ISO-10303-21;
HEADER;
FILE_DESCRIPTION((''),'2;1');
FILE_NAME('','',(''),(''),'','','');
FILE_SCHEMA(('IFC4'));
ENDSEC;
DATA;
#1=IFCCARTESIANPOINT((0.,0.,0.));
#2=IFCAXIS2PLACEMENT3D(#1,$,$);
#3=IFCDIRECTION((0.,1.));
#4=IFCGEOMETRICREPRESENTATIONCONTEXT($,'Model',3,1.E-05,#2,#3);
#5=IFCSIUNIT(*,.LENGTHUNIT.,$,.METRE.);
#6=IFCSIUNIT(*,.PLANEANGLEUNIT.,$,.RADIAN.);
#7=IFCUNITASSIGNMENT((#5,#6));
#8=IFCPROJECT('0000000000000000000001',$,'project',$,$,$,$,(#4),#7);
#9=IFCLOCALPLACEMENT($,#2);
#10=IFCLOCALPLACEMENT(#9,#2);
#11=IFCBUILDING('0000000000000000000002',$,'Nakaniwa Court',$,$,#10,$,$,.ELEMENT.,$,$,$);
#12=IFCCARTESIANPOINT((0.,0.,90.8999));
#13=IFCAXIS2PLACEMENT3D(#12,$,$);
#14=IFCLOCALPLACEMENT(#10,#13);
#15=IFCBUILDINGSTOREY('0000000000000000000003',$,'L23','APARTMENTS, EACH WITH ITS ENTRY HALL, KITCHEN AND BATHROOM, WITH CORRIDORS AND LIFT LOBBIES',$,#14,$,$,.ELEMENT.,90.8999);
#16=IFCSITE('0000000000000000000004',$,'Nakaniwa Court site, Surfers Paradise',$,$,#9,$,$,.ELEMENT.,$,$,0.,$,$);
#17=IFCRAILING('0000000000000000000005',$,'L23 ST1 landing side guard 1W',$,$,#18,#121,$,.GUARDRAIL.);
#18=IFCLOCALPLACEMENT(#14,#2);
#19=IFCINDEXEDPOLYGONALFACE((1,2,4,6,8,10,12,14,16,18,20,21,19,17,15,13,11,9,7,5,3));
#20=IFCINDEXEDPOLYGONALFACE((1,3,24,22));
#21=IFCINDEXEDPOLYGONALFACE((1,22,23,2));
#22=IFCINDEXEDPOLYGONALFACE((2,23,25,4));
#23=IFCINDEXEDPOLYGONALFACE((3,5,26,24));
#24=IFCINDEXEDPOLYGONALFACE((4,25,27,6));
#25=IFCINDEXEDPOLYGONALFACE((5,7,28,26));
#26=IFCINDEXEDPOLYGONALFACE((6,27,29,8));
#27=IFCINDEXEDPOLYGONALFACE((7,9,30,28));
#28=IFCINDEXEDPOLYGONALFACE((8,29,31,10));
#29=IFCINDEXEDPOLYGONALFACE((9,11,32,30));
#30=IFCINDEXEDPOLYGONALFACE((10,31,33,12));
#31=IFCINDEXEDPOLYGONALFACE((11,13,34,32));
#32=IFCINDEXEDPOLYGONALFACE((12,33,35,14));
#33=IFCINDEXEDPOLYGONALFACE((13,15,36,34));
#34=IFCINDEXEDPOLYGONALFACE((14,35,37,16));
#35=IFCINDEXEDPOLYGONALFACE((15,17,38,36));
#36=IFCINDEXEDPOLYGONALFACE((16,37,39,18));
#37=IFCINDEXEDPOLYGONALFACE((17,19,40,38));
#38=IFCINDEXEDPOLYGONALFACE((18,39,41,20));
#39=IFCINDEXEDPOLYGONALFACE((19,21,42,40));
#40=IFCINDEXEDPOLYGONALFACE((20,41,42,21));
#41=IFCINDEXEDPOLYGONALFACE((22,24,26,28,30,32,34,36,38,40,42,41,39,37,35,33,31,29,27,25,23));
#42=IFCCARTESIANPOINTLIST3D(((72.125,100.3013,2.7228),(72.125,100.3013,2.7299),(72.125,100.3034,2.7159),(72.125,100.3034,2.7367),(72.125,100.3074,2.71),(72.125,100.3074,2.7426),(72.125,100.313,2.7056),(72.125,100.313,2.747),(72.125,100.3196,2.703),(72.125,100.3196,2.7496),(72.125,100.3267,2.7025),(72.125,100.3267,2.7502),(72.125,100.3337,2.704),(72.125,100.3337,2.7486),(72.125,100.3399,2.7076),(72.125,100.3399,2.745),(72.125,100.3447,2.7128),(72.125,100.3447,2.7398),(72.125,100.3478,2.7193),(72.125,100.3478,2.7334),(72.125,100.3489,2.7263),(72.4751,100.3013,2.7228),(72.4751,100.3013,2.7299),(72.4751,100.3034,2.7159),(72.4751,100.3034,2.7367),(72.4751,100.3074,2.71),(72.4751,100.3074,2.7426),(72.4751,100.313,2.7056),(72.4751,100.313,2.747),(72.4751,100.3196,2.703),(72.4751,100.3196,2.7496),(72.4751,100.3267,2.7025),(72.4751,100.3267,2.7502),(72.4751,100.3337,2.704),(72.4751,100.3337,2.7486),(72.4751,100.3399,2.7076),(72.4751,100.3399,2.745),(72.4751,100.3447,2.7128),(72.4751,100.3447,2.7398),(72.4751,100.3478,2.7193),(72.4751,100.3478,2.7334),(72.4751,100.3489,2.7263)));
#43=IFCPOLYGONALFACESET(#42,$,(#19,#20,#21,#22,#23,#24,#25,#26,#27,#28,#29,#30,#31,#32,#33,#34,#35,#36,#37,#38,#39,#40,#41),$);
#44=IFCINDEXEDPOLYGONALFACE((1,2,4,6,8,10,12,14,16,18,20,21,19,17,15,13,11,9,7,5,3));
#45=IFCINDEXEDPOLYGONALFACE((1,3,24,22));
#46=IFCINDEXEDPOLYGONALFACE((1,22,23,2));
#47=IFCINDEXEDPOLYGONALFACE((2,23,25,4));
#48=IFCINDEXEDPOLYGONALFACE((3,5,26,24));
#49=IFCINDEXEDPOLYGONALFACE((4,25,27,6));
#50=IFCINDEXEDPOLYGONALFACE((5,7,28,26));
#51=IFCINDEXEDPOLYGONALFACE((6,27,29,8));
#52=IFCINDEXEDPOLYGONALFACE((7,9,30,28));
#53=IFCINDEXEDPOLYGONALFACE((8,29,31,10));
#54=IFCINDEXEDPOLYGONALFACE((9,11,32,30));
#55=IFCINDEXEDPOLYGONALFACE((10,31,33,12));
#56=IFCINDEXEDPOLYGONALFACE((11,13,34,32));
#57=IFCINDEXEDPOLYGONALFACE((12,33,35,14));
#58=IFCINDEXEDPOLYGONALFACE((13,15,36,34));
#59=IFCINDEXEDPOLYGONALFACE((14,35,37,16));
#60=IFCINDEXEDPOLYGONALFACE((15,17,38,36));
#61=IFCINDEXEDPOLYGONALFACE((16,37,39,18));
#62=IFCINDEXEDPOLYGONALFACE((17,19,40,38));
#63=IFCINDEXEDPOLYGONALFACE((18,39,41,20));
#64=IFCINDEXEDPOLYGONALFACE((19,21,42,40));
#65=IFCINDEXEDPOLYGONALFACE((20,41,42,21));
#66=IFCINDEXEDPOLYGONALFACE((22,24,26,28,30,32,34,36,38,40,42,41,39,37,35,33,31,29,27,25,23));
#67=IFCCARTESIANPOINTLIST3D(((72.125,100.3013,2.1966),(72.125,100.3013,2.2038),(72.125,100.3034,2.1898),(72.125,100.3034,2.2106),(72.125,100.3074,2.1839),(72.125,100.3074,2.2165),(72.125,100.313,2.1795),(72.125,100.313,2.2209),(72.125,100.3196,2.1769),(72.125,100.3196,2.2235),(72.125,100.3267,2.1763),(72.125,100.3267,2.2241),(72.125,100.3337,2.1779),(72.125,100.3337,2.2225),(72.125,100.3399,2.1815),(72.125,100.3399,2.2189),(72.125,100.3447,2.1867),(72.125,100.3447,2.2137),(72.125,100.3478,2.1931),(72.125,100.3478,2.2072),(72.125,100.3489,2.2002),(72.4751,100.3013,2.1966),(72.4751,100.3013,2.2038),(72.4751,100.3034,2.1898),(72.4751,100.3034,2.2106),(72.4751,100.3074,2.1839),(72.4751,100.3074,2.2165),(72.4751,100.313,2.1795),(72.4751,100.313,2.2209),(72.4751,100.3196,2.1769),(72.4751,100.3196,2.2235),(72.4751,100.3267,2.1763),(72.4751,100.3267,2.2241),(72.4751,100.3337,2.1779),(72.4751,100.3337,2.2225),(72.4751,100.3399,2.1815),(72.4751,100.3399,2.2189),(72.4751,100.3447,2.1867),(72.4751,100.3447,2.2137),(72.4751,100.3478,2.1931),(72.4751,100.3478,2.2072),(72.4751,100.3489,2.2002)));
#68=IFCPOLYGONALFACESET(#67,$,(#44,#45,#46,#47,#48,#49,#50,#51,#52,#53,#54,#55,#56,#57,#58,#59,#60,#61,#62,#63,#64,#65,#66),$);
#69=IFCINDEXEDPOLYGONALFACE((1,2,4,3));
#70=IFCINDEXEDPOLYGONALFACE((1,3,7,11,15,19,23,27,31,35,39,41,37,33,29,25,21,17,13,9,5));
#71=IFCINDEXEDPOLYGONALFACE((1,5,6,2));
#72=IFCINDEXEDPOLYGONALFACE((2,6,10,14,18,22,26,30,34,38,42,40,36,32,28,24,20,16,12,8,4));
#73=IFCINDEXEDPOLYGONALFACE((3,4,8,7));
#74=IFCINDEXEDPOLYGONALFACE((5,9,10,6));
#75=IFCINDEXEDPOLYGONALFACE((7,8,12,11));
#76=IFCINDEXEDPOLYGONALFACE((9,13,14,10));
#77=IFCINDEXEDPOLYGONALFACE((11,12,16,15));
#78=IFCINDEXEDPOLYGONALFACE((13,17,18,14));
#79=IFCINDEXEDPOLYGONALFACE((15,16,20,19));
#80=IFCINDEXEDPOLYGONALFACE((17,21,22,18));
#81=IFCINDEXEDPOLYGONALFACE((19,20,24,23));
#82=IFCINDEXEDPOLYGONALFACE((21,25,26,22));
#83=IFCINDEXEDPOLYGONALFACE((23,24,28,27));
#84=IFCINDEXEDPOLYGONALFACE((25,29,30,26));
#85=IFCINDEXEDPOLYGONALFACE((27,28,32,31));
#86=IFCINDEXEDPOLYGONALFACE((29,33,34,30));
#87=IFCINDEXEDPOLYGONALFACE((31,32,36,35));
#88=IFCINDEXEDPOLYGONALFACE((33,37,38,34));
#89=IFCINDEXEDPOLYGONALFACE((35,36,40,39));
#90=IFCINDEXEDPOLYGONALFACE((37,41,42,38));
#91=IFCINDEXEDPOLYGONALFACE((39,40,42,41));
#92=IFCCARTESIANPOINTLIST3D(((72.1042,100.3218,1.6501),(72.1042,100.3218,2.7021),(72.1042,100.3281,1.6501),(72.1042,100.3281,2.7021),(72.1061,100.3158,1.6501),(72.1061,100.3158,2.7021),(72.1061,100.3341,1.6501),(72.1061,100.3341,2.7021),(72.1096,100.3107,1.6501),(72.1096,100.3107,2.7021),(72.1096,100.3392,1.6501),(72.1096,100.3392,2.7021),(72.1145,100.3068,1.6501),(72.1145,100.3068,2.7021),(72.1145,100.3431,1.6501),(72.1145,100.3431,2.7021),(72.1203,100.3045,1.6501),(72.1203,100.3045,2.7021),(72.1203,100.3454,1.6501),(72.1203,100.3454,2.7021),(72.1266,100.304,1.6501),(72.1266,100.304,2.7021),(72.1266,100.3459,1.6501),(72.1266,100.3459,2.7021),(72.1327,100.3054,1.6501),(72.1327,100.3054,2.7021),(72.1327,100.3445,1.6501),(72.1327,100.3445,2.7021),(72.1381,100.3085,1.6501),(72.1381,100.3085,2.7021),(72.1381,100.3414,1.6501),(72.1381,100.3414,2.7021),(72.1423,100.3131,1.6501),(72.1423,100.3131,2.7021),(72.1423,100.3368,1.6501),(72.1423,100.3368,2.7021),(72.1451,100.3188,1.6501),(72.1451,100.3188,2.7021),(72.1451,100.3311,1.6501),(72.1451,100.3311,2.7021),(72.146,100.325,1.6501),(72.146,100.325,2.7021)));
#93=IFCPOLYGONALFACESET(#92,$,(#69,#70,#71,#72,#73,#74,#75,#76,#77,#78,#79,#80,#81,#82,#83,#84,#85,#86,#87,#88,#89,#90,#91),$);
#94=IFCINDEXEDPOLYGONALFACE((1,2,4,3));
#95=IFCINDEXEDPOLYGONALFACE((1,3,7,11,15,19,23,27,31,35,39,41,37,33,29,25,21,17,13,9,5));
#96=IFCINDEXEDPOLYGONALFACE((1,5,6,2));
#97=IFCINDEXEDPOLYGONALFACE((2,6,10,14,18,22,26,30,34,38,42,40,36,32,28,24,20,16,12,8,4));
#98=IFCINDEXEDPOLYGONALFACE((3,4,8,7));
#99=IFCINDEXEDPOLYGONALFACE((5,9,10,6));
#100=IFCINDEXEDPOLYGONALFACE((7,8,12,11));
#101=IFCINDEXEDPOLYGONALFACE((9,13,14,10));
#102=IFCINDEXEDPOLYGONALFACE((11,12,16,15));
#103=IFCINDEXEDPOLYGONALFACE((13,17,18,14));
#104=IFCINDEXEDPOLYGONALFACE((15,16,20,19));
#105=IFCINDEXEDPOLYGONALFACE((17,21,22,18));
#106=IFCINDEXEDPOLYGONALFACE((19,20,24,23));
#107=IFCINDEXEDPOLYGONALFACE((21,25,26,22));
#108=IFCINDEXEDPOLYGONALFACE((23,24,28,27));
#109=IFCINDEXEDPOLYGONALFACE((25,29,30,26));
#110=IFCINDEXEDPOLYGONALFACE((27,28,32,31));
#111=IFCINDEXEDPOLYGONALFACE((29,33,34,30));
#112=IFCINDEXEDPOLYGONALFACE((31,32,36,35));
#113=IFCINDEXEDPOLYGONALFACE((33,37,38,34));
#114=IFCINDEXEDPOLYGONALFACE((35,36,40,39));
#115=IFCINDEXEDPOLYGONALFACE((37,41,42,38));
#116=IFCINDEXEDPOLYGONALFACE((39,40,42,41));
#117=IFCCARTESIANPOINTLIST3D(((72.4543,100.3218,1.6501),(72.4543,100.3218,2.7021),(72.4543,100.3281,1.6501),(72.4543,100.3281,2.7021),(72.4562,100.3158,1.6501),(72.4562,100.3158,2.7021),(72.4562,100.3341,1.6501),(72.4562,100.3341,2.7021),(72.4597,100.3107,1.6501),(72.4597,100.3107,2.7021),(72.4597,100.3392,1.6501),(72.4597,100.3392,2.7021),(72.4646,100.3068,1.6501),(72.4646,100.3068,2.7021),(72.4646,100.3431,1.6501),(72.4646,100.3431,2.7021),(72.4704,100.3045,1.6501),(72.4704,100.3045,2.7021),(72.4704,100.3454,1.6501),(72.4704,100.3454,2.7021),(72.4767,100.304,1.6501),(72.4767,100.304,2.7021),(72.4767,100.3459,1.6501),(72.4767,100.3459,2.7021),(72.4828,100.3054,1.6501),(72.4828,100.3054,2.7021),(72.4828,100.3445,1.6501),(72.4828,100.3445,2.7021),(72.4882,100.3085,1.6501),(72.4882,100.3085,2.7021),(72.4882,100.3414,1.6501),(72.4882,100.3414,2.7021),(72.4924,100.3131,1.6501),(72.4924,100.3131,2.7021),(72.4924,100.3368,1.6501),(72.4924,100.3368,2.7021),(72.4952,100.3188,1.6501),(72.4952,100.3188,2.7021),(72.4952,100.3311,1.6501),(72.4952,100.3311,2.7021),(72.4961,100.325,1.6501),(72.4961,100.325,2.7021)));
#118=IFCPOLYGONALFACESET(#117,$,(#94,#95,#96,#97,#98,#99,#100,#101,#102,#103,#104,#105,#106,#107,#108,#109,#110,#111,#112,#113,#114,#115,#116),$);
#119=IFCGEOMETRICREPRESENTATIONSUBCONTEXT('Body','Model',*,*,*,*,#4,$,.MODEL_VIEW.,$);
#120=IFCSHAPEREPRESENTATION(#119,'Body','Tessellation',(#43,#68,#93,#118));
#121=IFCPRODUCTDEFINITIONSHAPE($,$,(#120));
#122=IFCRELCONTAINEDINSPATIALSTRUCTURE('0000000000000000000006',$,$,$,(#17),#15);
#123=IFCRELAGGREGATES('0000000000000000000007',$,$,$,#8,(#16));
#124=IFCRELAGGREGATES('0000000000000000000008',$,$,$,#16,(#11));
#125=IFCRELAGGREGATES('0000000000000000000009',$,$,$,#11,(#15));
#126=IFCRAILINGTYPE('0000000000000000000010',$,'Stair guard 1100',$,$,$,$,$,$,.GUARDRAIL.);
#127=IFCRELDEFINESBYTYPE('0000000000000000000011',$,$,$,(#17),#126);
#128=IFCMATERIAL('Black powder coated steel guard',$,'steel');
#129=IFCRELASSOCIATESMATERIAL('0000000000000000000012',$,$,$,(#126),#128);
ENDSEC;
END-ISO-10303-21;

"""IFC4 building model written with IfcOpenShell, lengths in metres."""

from ifc_helpers import new_model, si_unit, direction, frame, origin, origin_2d, place, context, subcontext, project, spatial, circle, extrude, material, type_object, element, save


model = new_model("IFC4")

# Units and contexts
model_context = context("Model", 3, precision=1e-05, world=origin(), true_north=direction((0.0, 1.0)))
body_context = subcontext(model_context, "Body", "Model", "MODEL_VIEW")
ifc_project = project(units=[si_unit("LENGTHUNIT", "METRE"), si_unit("PLANEANGLEUNIT", "RADIAN")], contexts=[model_context])

# Site, building, storey
site_placement = place(None, origin())
site = spatial("IfcSite", under=ifc_project, at=site_placement, Name="Nakaniwa Court site, Surfers Paradise", CompositionType="ELEMENT", RefElevation=0.0)
building_placement = place(site_placement, origin())
building = spatial("IfcBuilding", under=site, at=building_placement, Name="Nakaniwa Court", CompositionType="ELEMENT")
storey_placement = place(building_placement, frame((0.0, 0.0, 90.8999)))
storey = spatial("IfcBuildingStorey", under=building, at=storey_placement, Name="L23", Description="APARTMENTS, EACH WITH ITS ENTRY HALL, KITCHEN AND BATHROOM, WITH CORRIDORS AND LIFT LOBBIES", CompositionType="ELEMENT", Elevation=90.8999)

# Railing
ifc_material_1 = material(Name="Black powder coated steel guard", Category="steel")
railing_type_1 = type_object("IfcRailingType", Name="Stair guard 1100", PredefinedType="GUARDRAIL", material=ifc_material_1)
for number, where, name in (
    (1, (72.125, 100.325, 1.6501), "L23 ST1 landing side guard 1W"),
):
    element("IfcRailing", number, at=place(storey_placement, frame(where)), inside=storey, type_object=railing_type_1, Name=name, PredefinedType="GUARDRAIL", context=body_context, shape_type="SweptSolid", body=[
        extrude(circle(Radius=0.0239, at=origin_2d()), frame((0.0, 0.0, 1.0762), z_axis=(1.0, 0.0, 0.0), x_axis=(0.0, 1.0, 0.0)), (0.0, 0.0, 1.0), 0.3501),
        extrude(circle(Radius=0.0239, at=origin_2d()), frame((0.0, 0.0, 0.55), z_axis=(1.0, 0.0, 0.0), x_axis=(0.0, 1.0, 0.0)), (0.0, 0.0, 1.0), 0.3501),
        extrude(circle(Radius=0.021, at=origin_2d()), origin(), (0.0, 0.0, 1.0), 1.052),
        extrude(circle(Radius=0.021, at=origin_2d()), frame((0.3501, 0.0, 0.0)), (0.0, 0.0, 1.0), 1.052),
    ])

save(model, "model.ifc")
